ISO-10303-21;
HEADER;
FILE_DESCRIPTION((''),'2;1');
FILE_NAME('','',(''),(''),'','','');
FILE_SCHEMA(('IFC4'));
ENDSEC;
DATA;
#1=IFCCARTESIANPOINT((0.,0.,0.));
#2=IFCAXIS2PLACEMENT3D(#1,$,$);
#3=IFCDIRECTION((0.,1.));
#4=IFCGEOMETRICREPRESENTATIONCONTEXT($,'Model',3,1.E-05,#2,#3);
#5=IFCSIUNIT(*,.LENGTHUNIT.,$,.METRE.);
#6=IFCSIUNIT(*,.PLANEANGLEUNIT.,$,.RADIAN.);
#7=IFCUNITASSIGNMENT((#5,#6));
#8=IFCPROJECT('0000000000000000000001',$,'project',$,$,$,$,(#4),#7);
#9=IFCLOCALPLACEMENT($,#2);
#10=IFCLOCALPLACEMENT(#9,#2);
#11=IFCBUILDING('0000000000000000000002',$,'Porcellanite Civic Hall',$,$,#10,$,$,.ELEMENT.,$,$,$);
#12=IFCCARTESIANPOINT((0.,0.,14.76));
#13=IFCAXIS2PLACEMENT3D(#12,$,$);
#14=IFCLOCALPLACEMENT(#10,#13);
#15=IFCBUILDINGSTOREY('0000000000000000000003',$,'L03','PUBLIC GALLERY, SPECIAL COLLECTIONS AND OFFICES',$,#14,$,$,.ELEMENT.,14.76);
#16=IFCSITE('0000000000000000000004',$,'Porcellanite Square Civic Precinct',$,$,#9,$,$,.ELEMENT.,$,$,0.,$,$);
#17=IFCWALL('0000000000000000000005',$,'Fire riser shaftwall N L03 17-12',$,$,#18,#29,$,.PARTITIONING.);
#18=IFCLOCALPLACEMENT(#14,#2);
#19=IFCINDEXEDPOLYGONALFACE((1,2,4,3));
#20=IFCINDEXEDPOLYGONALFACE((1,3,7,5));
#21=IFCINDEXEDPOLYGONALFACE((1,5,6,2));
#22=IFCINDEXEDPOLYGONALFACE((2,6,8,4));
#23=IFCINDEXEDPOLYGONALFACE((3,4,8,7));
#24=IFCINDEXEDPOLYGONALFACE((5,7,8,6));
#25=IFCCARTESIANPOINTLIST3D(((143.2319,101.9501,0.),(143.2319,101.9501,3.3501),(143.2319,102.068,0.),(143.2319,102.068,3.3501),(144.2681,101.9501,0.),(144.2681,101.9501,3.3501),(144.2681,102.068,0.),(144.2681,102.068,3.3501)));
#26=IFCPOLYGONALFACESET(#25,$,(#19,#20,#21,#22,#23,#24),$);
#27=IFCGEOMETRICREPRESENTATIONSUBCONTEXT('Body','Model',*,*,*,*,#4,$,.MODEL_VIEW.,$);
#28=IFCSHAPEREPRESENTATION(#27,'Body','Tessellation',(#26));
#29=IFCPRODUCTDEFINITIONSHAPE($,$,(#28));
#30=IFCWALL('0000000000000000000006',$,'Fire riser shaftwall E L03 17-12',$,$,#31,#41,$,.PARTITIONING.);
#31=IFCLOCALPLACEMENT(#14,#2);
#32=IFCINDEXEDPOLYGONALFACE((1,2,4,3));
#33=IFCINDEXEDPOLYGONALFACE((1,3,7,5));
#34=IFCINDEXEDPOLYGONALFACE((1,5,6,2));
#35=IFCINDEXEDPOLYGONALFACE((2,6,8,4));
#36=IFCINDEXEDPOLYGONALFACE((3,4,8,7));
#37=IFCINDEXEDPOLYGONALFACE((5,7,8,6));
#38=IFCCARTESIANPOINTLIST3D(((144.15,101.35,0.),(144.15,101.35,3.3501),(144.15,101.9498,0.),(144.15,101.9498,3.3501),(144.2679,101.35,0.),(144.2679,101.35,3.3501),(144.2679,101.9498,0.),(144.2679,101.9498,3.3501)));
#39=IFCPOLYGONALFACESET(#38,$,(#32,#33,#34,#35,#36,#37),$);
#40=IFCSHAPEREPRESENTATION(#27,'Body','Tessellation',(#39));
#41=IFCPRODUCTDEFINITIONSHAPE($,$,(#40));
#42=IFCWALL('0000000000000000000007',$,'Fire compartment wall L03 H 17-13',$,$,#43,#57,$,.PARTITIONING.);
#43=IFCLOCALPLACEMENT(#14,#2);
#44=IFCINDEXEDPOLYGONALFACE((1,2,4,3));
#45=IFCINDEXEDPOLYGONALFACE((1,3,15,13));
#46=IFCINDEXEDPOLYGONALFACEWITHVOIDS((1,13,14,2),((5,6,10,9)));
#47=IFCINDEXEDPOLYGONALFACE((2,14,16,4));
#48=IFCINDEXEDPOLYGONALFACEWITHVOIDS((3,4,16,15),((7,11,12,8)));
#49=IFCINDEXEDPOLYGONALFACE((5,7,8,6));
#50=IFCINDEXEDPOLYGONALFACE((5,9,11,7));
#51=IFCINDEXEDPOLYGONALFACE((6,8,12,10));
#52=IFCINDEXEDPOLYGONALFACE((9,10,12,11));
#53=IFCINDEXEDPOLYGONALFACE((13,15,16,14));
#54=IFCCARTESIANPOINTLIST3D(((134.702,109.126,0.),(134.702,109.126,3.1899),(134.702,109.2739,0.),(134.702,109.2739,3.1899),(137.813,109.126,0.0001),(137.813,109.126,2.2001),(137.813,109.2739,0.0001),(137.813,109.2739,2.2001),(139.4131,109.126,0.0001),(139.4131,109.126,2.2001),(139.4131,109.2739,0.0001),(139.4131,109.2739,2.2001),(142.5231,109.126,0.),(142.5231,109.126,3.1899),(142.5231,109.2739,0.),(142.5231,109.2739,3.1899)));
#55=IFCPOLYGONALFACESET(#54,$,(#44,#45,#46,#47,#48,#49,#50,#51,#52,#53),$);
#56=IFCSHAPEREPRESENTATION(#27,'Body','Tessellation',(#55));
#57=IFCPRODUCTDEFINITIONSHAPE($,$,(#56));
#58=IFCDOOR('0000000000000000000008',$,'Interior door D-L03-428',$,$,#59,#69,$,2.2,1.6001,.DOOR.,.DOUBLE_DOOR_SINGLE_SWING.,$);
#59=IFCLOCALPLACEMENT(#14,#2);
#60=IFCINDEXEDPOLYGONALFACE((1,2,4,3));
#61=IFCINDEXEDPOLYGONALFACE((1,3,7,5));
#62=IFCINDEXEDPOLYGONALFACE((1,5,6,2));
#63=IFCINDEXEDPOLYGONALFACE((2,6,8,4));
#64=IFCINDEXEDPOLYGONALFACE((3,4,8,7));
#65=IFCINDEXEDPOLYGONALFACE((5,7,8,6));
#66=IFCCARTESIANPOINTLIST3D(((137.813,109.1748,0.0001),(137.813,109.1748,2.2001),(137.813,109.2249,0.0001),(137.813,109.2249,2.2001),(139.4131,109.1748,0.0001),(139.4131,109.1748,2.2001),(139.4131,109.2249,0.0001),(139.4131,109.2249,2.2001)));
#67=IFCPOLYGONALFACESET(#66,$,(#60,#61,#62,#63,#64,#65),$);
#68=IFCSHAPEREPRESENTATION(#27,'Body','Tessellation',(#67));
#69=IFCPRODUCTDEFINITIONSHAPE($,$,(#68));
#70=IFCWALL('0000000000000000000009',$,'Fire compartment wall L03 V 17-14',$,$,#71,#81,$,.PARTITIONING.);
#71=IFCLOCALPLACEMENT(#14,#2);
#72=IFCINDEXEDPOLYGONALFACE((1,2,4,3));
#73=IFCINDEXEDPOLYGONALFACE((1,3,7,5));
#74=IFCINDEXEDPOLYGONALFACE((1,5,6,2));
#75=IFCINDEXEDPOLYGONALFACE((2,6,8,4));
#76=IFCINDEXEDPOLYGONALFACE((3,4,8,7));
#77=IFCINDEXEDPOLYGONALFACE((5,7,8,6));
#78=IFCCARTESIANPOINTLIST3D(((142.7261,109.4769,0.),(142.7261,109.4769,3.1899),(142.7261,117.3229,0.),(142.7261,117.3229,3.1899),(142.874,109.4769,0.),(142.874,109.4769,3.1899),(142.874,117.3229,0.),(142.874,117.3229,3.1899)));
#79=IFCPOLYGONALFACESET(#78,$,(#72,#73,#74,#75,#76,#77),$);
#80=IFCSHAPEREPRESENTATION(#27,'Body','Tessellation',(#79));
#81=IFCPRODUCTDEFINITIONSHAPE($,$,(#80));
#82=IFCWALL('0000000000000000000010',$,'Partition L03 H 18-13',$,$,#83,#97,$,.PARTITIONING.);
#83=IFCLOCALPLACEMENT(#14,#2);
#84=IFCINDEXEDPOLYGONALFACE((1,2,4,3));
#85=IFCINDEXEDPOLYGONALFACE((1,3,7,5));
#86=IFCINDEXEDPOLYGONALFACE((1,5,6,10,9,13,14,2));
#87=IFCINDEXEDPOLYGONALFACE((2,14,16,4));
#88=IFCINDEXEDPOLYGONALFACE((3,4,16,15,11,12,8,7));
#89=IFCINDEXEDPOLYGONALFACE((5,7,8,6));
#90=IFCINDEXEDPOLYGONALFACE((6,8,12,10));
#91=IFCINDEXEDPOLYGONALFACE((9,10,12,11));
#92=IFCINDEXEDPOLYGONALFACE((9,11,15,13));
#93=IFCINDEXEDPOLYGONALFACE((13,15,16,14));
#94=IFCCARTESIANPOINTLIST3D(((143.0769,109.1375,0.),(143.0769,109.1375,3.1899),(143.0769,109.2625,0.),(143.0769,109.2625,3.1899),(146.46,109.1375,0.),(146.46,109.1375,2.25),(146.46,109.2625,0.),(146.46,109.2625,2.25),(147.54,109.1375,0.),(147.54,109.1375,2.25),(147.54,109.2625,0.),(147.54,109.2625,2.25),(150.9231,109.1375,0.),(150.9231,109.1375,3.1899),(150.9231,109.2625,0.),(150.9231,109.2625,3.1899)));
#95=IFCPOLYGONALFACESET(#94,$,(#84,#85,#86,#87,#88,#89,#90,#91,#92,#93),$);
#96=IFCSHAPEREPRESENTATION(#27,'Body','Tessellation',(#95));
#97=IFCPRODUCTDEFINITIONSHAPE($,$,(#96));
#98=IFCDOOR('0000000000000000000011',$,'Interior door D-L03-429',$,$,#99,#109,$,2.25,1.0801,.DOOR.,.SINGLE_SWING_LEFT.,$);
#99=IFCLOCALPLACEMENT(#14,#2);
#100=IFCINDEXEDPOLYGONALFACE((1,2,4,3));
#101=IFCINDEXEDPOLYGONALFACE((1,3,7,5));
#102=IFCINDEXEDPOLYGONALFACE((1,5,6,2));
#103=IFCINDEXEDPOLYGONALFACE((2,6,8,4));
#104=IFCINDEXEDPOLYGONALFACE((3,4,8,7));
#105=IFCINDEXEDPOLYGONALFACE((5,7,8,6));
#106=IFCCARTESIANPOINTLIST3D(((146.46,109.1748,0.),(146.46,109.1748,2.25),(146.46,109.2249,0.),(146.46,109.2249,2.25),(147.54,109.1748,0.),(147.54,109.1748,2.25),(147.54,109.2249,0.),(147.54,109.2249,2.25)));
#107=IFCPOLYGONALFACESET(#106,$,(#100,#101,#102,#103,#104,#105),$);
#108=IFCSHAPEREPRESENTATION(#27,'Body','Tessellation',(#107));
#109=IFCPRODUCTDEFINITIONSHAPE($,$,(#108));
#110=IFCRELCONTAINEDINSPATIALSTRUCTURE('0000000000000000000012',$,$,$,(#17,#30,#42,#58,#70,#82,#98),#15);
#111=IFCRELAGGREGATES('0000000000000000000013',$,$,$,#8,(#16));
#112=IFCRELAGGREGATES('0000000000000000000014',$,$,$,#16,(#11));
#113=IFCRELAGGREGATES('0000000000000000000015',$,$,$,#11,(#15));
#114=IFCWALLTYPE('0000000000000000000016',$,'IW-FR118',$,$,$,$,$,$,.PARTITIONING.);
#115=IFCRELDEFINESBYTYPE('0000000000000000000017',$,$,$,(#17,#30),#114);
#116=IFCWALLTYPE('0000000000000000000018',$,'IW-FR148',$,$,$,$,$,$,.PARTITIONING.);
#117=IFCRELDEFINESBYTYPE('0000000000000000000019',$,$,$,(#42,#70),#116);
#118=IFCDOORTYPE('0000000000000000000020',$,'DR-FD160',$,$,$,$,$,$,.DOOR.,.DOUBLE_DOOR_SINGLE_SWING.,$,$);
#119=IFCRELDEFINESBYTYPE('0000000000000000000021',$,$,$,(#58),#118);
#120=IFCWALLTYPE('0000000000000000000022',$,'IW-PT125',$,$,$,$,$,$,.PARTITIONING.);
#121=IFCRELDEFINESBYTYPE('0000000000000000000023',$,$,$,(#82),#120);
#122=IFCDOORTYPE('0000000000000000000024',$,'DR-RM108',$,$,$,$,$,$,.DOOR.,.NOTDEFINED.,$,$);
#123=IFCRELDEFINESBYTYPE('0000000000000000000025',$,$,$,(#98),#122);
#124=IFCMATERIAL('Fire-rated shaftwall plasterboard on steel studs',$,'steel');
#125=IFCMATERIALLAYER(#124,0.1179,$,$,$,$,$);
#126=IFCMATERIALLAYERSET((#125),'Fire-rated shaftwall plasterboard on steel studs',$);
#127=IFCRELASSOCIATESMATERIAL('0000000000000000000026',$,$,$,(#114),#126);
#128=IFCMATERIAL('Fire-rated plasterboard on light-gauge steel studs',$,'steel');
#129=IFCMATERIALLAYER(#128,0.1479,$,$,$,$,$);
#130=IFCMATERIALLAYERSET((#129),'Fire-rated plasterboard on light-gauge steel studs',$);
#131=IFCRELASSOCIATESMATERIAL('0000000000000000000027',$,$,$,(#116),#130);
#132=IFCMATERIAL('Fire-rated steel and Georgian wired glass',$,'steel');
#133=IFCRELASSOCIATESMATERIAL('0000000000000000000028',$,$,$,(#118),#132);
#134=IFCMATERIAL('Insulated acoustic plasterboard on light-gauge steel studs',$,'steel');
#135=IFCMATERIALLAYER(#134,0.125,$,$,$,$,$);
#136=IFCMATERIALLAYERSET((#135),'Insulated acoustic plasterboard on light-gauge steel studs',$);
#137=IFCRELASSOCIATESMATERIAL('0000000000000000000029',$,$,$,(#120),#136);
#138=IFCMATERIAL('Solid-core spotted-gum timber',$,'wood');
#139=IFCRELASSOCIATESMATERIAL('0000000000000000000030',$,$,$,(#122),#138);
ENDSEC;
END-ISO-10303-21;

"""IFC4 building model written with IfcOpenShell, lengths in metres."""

from ifc_helpers import new_model, si_unit, direction, frame, frame_2d, origin, place, context, subcontext, project, spatial, rectangle, extrude, material, layer, layer_set, type_object, element, fill, save


model = new_model("IFC4")

# Units and contexts
model_context = context("Model", 3, precision=1e-05, world=origin(), true_north=direction((0.0, 1.0)))
body_context = subcontext(model_context, "Body", "Model", "MODEL_VIEW")
ifc_project = project(units=[si_unit("LENGTHUNIT", "METRE"), si_unit("PLANEANGLEUNIT", "RADIAN")], contexts=[model_context])

# Site, building, storey
site_placement = place(None, origin())
site = spatial("IfcSite", under=ifc_project, at=site_placement, Name="Porcellanite Square Civic Precinct", CompositionType="ELEMENT", RefElevation=0.0)
building_placement = place(site_placement, origin())
building = spatial("IfcBuilding", under=site, at=building_placement, Name="Porcellanite Civic Hall", CompositionType="ELEMENT")
storey_placement = place(building_placement, frame((0.0, 0.0, 14.76)))
storey = spatial("IfcBuildingStorey", under=building, at=storey_placement, Name="L03", Description="PUBLIC GALLERY, SPECIAL COLLECTIONS AND OFFICES", CompositionType="ELEMENT", Elevation=14.76)

# Walls
ifc_material_1 = material(Name="Fire-rated shaftwall plasterboard on steel studs", Category="steel")
ifc_layer_1 = layer(ifc_material_1, 0.1179)
ifc_layer_set_1 = layer_set([ifc_layer_1], Name="Fire-rated shaftwall plasterboard on steel studs")
wall_type_1 = type_object("IfcWallType", Name="IW-FR118", PredefinedType="PARTITIONING", material=ifc_layer_set_1)
wall_1_placement = place(storey_placement, frame((143.2319, 102.009, 0.0), z_axis=(0.0, 0.0, 1.0), x_axis=(1.0, 0.0, 0.0)))
element("IfcWall", 1, at=wall_1_placement, inside=storey, type_object=wall_type_1, Name="Fire riser shaftwall N L03 17-12", PredefinedType="PARTITIONING", context=body_context, shape_type="SweptSolid", body=[
    extrude(rectangle(XDim=1.0361, YDim=0.1179, at=frame_2d((0.5181, 0.0))), origin(), (0.0, 0.0, 1.0), 3.3501),
])
wall_2_placement = place(storey_placement, frame((144.209, 101.3501, 0.0), z_axis=(0.0, 0.0, 1.0), x_axis=(0.0, 1.0, 0.0)))
element("IfcWall", 2, at=wall_2_placement, inside=storey, type_object=wall_type_1, Name="Fire riser shaftwall E L03 17-12", PredefinedType="PARTITIONING", context=body_context, shape_type="SweptSolid", body=[
    extrude(rectangle(XDim=0.5999, YDim=0.1179, at=frame_2d((0.2998, 0.0))), origin(), (0.0, 0.0, 1.0), 3.3501),
])

# Wall, opening, door
ifc_material_2 = material(Name="Fire-rated plasterboard on light-gauge steel studs", Category="steel")
ifc_layer_2 = layer(ifc_material_2, 0.1479)
ifc_layer_set_2 = layer_set([ifc_layer_2], Name="Fire-rated plasterboard on light-gauge steel studs")
wall_type_2 = type_object("IfcWallType", Name="IW-FR148", PredefinedType="PARTITIONING", material=ifc_layer_set_2)
wall_3_placement = place(storey_placement, frame((134.7019, 109.2, 0.0), z_axis=(0.0, 0.0, 1.0), x_axis=(1.0, 0.0, 0.0)))
wall_3 = element("IfcWall", 3, at=wall_3_placement, inside=storey, type_object=wall_type_2, Name="Fire compartment wall L03 H 17-13", PredefinedType="PARTITIONING", context=body_context, shape_type="SweptSolid", body=[
    extrude(rectangle(XDim=7.821, YDim=0.1479, at=frame_2d((3.9106, 0.0))), origin(), (0.0, 0.0, 1.0), 3.1899),
])
opening_1_placement = place(wall_3_placement, frame((3.1111, 0.0, 0.0)))
opening_1 = element("IfcOpeningElement", 4, at=opening_1_placement, cuts=wall_3, PredefinedType="OPENING", context=body_context, shape_type="SweptSolid", body=[
    extrude(rectangle(XDim=1.6001, YDim=2.2, at=frame_2d((0.8, 1.1001))), frame((0.0, 0.074, 0.0), z_axis=(0.0, -1.0, 0.0), x_axis=(1.0, 0.0, 0.0)), (0.0, 0.0, 1.0), 0.1479),
])
ifc_material_3 = material(Name="Fire-rated steel and Georgian wired glass", Category="steel")
door_type_1 = type_object("IfcDoorType", Name="DR-FD160", OperationType="DOUBLE_DOOR_SINGLE_SWING", PredefinedType="DOOR", material=ifc_material_3)
door_1_placement = place(opening_1_placement, origin())
door_1 = element("IfcDoor", 5, at=door_1_placement, inside=storey, type_object=door_type_1, Name="Interior door D-L03-428", OperationType="DOUBLE_DOOR_SINGLE_SWING", OverallHeight=2.2, OverallWidth=1.6001, PredefinedType="DOOR", context=body_context, shape_type="SweptSolid", body=[
    extrude(rectangle(XDim=1.6001, YDim=2.2, at=frame_2d((0.8, 1.1001))), frame((0.0, 0.0249, 0.0), z_axis=(0.0, -1.0, 0.0), x_axis=(1.0, 0.0, 0.0)), (0.0, 0.0, 1.0), 0.05),
])
fill(opening_1, door_1)

# Wall
wall_4_placement = place(storey_placement, frame((142.8, 109.4771, 0.0), z_axis=(0.0, 0.0, 1.0), x_axis=(0.0, 1.0, 0.0)))
element("IfcWall", 6, at=wall_4_placement, inside=storey, type_object=wall_type_2, Name="Fire compartment wall L03 V 17-14", PredefinedType="PARTITIONING", context=body_context, shape_type="SweptSolid", body=[
    extrude(rectangle(XDim=7.8459, YDim=0.1479, at=frame_2d((3.9229, 0.0))), origin(), (0.0, 0.0, 1.0), 3.1899),
])

# Wall, opening, door
ifc_material_4 = material(Name="Insulated acoustic plasterboard on light-gauge steel studs", Category="steel")
ifc_layer_3 = layer(ifc_material_4, 0.125)
ifc_layer_set_3 = layer_set([ifc_layer_3], Name="Insulated acoustic plasterboard on light-gauge steel studs")
wall_type_3 = type_object("IfcWallType", Name="IW-PT125", PredefinedType="PARTITIONING", material=ifc_layer_set_3)
wall_5_placement = place(storey_placement, frame((143.0769, 109.2, 0.0), z_axis=(0.0, 0.0, 1.0), x_axis=(1.0, 0.0, 0.0)))
wall_5 = element("IfcWall", 7, at=wall_5_placement, inside=storey, type_object=wall_type_3, Name="Partition L03 H 18-13", PredefinedType="PARTITIONING", context=body_context, shape_type="SweptSolid", body=[
    extrude(rectangle(XDim=7.8462, YDim=0.125, at=frame_2d((3.9231, 0.0))), origin(), (0.0, 0.0, 1.0), 3.1899),
])
opening_2_placement = place(wall_5_placement, frame((3.3831, 0.0, 0.0)))
opening_2 = element("IfcOpeningElement", 8, at=opening_2_placement, cuts=wall_5, PredefinedType="OPENING", context=body_context, shape_type="SweptSolid", body=[
    extrude(rectangle(XDim=1.0801, YDim=2.25, at=frame_2d((0.54, 1.125))), frame((0.0, 0.0625, 0.0), z_axis=(0.0, -1.0, 0.0), x_axis=(1.0, 0.0, 0.0)), (0.0, 0.0, 1.0), 0.125),
])
ifc_material_5 = material(Name="Solid-core spotted-gum timber", Category="wood")
door_type_2 = type_object("IfcDoorType", Name="DR-RM108", OperationType="NOTDEFINED", PredefinedType="DOOR", material=ifc_material_5)
door_2_placement = place(opening_2_placement, origin())
door_2 = element("IfcDoor", 9, at=door_2_placement, inside=storey, type_object=door_type_2, Name="Interior door D-L03-429", OperationType="SINGLE_SWING_LEFT", OverallHeight=2.25, OverallWidth=1.0801, PredefinedType="DOOR", context=body_context, shape_type="SweptSolid", body=[
    extrude(rectangle(XDim=1.0801, YDim=2.25, at=frame_2d((0.54, 1.125))), frame((0.0, 0.0249, 0.0), z_axis=(0.0, -1.0, 0.0), x_axis=(1.0, 0.0, 0.0)), (0.0, 0.0, 1.0), 0.05),
])
fill(opening_2, door_2)

save(model, "model.ifc")
